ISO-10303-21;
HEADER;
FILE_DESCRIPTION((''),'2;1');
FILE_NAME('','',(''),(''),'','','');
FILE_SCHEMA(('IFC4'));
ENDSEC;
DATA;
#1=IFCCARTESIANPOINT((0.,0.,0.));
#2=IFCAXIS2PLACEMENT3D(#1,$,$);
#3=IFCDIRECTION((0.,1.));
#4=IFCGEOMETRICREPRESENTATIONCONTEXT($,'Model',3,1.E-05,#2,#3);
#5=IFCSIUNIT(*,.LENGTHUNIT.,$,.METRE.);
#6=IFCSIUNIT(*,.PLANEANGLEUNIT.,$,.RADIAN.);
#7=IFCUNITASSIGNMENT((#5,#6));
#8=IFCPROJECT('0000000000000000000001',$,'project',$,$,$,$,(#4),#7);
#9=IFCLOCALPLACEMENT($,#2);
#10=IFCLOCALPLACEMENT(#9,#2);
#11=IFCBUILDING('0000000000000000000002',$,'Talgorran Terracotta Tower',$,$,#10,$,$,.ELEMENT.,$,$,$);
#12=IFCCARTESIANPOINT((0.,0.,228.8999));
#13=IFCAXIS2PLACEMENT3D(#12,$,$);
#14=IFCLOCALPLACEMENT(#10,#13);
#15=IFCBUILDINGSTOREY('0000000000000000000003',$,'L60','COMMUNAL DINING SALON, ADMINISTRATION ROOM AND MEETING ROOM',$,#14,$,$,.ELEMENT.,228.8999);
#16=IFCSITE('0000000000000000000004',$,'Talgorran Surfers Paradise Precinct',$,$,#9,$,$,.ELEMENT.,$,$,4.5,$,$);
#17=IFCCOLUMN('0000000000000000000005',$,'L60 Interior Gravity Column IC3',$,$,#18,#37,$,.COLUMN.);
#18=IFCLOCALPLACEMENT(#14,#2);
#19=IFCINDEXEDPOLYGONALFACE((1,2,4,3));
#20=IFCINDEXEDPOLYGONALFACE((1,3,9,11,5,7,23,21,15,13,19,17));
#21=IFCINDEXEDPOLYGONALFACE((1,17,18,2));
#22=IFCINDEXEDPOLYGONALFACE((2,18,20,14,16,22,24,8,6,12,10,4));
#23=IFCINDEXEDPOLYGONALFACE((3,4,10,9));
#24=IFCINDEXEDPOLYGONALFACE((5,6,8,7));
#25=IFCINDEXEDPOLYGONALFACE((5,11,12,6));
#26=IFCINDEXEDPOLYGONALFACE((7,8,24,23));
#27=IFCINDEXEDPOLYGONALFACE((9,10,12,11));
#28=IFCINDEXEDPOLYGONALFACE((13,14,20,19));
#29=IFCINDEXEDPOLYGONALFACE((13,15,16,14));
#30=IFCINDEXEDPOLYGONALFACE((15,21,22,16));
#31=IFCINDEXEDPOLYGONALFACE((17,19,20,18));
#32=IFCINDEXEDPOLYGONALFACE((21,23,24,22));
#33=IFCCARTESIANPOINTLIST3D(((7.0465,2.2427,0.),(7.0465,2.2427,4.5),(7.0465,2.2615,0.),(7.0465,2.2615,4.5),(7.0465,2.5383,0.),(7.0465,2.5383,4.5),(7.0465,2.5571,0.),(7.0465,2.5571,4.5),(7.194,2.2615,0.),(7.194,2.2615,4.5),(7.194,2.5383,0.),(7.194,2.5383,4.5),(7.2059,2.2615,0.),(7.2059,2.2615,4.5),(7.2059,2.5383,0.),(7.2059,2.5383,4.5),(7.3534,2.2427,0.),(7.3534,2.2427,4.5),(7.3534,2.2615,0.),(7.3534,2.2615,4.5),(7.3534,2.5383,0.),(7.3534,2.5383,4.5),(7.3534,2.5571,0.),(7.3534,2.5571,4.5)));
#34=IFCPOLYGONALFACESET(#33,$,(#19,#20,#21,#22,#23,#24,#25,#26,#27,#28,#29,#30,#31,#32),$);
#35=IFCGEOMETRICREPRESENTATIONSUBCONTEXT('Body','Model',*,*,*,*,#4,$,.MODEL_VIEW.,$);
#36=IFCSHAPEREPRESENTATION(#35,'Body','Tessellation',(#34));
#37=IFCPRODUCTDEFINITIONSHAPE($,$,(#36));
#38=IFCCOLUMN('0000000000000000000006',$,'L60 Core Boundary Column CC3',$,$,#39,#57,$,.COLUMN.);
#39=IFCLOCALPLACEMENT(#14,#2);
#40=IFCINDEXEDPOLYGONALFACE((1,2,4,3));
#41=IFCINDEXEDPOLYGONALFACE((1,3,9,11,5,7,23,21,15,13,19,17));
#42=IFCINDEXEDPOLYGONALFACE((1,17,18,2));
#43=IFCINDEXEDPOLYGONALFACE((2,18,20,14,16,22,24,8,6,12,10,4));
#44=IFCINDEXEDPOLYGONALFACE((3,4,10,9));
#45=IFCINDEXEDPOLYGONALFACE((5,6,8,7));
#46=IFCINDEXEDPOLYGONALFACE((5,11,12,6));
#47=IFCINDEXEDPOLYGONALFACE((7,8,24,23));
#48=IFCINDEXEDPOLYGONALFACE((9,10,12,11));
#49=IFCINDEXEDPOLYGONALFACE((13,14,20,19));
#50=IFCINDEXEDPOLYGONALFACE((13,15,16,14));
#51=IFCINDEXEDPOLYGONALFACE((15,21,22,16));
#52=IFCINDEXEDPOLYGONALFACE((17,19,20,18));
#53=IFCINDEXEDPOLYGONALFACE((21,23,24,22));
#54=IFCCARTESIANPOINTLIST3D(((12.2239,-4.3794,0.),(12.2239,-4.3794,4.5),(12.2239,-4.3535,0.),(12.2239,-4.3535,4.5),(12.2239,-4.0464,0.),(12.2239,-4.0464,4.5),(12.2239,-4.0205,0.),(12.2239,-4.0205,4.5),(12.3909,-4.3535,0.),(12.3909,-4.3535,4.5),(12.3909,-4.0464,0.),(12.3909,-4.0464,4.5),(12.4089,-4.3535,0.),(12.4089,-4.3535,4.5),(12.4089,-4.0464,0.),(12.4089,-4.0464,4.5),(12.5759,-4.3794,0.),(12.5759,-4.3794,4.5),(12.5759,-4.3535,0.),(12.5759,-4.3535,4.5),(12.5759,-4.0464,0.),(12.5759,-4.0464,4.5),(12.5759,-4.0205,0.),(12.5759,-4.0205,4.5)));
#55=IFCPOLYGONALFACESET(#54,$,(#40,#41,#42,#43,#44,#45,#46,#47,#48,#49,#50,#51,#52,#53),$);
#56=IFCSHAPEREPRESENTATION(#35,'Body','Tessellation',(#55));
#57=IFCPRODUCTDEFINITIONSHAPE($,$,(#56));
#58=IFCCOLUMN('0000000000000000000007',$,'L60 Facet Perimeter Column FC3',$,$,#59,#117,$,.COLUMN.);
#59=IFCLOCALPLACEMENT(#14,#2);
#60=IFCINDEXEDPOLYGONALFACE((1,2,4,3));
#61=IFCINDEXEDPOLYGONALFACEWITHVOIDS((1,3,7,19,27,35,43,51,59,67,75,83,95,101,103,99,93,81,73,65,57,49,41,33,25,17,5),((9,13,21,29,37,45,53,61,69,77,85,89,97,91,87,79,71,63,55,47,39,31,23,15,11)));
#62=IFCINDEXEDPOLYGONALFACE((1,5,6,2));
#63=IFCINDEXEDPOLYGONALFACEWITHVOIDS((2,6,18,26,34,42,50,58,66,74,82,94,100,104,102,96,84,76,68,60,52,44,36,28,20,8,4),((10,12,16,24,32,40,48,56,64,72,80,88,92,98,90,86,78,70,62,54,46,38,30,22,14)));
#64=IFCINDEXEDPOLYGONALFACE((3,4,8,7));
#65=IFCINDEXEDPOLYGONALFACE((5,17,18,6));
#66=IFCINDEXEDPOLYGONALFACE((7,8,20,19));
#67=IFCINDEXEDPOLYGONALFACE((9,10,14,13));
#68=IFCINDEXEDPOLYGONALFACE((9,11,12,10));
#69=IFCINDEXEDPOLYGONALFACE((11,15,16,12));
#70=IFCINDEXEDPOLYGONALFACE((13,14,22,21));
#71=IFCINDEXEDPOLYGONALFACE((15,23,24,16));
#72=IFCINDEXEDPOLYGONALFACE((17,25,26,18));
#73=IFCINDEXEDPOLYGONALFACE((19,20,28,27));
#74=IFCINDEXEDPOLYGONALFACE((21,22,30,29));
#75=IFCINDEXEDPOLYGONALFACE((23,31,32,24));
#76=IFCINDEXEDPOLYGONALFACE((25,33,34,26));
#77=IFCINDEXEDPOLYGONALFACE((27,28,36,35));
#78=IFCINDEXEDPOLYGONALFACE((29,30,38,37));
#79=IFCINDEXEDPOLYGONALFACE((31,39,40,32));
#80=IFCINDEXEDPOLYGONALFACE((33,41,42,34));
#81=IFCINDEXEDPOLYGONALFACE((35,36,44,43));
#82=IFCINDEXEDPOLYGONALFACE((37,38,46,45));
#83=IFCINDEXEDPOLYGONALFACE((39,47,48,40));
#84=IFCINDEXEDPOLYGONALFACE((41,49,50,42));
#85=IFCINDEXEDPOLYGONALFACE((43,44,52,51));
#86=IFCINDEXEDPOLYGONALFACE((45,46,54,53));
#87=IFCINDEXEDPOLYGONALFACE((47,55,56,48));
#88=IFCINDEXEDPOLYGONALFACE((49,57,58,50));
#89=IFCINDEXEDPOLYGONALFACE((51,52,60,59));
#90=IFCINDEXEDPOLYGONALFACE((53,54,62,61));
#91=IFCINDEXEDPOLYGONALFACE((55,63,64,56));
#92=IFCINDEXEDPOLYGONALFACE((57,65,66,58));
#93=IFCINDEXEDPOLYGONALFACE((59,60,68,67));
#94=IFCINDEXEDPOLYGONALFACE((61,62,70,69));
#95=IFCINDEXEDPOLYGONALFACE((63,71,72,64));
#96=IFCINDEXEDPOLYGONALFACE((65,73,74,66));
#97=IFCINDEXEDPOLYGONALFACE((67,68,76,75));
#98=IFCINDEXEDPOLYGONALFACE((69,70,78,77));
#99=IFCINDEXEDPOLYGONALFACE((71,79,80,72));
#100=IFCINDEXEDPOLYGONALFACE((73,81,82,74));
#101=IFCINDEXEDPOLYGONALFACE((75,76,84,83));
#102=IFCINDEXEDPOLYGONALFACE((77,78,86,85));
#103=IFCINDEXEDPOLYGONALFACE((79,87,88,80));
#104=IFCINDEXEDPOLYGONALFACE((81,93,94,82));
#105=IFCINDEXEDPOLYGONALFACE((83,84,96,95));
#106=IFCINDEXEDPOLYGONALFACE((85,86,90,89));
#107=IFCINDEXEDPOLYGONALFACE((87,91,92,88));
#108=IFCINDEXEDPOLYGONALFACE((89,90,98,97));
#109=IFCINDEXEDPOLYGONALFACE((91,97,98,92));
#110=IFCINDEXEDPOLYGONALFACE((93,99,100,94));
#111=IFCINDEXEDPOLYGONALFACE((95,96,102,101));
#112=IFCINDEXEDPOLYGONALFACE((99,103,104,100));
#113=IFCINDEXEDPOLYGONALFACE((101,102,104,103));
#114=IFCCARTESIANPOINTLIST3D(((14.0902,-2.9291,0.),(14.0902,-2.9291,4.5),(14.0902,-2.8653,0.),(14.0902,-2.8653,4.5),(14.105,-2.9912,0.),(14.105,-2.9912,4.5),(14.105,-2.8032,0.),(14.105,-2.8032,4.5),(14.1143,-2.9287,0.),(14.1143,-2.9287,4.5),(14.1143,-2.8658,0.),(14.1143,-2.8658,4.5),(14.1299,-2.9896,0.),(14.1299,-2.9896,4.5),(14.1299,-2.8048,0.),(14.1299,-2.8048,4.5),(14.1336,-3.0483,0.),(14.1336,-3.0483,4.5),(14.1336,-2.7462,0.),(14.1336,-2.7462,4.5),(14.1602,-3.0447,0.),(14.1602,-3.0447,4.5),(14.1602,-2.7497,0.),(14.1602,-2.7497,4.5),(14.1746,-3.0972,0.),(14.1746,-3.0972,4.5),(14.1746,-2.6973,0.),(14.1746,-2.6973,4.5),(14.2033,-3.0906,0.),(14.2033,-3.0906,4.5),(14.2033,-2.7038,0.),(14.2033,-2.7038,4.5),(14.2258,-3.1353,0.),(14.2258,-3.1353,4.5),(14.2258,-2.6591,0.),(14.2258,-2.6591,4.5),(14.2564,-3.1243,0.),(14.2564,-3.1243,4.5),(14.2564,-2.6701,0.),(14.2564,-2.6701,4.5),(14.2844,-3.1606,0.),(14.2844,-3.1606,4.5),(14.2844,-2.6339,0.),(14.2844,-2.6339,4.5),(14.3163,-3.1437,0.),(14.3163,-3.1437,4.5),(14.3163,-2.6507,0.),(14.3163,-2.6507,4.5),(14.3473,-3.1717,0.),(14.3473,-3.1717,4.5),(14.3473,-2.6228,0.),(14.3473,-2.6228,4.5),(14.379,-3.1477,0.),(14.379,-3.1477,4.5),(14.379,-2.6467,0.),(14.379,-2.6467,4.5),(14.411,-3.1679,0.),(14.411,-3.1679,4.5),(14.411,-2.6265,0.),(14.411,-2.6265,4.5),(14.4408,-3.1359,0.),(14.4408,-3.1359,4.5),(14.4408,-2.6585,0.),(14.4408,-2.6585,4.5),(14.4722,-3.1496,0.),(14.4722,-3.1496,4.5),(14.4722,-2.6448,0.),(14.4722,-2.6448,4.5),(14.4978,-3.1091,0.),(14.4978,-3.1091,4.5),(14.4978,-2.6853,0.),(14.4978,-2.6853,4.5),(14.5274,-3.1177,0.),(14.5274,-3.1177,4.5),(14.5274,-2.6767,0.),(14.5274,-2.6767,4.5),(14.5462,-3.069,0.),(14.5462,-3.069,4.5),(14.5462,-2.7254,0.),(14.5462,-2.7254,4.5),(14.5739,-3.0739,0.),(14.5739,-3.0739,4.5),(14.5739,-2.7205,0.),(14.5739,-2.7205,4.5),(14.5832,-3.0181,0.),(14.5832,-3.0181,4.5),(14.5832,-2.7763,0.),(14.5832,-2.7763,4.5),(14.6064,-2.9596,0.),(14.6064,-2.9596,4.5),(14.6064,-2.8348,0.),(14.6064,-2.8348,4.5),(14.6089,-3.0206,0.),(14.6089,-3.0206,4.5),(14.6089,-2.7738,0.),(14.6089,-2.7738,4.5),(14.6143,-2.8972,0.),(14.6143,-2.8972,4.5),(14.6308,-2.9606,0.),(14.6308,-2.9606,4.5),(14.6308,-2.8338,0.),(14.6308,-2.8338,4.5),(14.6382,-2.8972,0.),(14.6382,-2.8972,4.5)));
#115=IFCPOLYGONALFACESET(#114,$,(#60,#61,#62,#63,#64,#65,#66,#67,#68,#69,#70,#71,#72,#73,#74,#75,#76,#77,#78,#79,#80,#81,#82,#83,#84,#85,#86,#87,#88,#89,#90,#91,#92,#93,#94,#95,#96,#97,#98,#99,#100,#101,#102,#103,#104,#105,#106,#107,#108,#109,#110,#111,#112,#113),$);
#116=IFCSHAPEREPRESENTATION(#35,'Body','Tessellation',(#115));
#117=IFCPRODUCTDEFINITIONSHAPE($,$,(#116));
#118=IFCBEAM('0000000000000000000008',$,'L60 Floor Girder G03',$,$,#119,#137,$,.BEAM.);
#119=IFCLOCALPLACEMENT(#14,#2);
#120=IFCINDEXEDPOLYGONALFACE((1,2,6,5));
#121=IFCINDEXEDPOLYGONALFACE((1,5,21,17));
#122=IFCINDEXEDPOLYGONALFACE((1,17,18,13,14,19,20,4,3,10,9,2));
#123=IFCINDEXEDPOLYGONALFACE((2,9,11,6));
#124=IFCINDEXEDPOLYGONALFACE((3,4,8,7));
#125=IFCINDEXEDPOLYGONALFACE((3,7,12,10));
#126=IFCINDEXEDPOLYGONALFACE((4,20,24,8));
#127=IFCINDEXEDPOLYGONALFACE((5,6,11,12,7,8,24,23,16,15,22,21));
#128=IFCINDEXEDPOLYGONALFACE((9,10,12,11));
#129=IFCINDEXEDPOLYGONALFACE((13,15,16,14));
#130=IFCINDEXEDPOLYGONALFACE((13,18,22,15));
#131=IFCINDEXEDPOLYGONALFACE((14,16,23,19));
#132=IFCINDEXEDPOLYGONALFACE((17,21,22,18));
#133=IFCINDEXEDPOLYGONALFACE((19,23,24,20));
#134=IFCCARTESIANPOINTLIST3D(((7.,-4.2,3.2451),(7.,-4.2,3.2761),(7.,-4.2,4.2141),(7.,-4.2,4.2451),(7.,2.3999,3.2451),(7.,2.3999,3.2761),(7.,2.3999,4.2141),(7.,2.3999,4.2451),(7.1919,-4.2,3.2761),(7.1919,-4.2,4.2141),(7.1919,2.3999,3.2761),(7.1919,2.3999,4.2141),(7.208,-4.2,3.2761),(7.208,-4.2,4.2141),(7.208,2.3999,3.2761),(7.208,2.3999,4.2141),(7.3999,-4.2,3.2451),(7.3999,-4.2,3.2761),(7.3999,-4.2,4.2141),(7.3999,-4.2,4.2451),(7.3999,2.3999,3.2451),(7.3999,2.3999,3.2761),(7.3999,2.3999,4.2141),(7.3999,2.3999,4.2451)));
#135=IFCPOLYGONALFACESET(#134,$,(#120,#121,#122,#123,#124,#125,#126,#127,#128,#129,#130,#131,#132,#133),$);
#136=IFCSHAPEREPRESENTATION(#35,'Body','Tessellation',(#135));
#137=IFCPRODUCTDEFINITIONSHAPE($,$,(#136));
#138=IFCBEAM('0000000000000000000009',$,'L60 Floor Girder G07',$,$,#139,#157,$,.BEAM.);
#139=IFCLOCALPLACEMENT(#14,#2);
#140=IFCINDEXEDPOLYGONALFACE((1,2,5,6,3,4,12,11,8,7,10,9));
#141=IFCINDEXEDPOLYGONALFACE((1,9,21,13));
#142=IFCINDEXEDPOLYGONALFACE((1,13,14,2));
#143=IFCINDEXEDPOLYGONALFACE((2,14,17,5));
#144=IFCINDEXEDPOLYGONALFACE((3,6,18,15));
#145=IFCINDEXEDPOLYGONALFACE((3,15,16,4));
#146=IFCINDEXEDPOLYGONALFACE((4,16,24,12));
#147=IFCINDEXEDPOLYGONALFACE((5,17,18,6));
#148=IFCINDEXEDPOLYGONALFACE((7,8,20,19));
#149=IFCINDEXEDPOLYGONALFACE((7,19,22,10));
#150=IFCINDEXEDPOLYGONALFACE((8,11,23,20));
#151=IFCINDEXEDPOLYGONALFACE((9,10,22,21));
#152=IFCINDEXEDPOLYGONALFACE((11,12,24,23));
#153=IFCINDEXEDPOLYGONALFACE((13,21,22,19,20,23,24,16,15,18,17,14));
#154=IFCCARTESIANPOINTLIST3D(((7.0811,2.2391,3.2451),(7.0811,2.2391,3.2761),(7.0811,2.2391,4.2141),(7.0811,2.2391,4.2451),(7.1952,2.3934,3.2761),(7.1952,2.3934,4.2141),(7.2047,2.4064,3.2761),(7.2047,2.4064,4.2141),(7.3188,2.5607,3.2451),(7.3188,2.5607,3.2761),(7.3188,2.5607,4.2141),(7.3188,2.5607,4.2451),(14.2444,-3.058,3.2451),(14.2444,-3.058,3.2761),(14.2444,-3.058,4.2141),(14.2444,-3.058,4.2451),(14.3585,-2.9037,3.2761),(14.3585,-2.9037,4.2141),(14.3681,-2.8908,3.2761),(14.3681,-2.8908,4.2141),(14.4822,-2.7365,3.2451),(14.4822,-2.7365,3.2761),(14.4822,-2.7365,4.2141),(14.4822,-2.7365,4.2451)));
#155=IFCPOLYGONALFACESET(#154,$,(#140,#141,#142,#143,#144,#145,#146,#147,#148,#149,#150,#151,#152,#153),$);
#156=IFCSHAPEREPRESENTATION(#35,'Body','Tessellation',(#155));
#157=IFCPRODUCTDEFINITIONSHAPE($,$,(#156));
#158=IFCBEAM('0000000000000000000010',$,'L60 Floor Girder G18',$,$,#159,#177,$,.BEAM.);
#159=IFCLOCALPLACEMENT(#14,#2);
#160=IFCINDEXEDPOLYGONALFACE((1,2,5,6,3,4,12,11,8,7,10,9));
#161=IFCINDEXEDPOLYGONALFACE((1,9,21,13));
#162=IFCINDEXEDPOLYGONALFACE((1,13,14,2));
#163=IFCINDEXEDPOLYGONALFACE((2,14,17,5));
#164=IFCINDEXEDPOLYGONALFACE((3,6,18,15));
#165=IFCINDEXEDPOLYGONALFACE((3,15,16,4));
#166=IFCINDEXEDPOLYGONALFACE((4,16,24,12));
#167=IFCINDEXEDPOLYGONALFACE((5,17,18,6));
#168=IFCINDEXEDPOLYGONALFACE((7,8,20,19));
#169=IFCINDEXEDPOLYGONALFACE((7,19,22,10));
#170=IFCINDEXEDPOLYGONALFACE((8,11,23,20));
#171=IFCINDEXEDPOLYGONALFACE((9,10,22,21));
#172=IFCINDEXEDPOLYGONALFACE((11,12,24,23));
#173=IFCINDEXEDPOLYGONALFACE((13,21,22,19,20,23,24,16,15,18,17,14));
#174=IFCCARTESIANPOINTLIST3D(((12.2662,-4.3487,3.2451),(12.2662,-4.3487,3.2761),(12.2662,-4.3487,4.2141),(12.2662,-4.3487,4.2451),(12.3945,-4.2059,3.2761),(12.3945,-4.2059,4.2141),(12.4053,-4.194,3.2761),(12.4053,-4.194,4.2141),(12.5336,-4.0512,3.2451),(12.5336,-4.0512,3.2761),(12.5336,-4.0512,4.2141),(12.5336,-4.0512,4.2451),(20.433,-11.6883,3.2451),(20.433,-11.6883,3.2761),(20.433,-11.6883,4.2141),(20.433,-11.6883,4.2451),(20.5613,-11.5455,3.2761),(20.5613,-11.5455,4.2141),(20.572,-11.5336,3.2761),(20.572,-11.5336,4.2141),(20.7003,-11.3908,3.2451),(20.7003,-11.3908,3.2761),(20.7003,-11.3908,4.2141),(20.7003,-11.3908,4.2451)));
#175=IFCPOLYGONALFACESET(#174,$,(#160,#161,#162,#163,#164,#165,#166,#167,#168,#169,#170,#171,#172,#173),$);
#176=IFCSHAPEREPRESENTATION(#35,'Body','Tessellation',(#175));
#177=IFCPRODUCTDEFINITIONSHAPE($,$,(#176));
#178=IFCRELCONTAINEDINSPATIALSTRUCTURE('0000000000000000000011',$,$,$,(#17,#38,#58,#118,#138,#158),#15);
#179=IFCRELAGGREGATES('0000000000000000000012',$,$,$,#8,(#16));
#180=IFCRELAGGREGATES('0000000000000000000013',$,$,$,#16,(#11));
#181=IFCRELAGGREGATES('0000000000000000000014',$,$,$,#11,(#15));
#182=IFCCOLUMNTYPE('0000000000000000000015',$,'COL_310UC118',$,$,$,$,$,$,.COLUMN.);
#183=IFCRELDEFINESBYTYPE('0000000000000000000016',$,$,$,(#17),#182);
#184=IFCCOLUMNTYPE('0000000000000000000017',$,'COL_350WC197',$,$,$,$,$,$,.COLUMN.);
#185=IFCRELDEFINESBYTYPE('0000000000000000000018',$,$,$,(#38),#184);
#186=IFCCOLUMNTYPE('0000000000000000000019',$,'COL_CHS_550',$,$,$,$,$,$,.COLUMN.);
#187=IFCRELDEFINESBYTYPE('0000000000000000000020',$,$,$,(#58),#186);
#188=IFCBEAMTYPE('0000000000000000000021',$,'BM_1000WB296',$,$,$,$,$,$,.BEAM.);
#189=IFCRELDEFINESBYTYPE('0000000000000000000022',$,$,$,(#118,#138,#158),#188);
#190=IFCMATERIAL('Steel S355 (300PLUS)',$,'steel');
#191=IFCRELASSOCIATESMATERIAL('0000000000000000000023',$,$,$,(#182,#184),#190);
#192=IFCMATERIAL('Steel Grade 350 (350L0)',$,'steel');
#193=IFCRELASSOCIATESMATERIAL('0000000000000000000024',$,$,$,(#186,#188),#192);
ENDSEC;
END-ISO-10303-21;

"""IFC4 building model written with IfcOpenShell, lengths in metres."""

from ifc_helpers import new_model, si_unit, direction, frame, origin, origin_2d, place, context, subcontext, project, spatial, hollow_circle, i_section, extrude, material, material_profile, profile_set, type_object, element, save


model = new_model("IFC4")

# Units and contexts
model_context = context("Model", 3, precision=1e-05, world=origin(), true_north=direction((0.0, 1.0)))
body_context = subcontext(model_context, "Body", "Model", "MODEL_VIEW")
ifc_project = project(units=[si_unit("LENGTHUNIT", "METRE"), si_unit("PLANEANGLEUNIT", "RADIAN")], contexts=[model_context])

# Site, building, storey
site_placement = place(None, origin())
site = spatial("IfcSite", under=ifc_project, at=site_placement, Name="Talgorran Surfers Paradise Precinct", CompositionType="ELEMENT", RefElevation=4.5)
building_placement = place(site_placement, origin())
building = spatial("IfcBuilding", under=site, at=building_placement, Name="Talgorran Terracotta Tower", CompositionType="ELEMENT")
storey_placement = place(building_placement, frame((0.0, 0.0, 228.8999)))
storey = spatial("IfcBuildingStorey", under=building, at=storey_placement, Name="L60", Description="COMMUNAL DINING SALON, ADMINISTRATION ROOM AND MEETING ROOM", CompositionType="ELEMENT", Elevation=228.8999)

# Columns
ifc_material_1 = material(Name="Steel S355 (300PLUS)", Category="steel")
ifc_material_profile_1 = material_profile(ifc_material_1, i_section(OverallWidth=0.3069, OverallDepth=0.3145, WebThickness=0.012, FlangeThickness=0.0188, at=origin_2d()), Name="310UC118")
ifc_profile_set_1 = profile_set([ifc_material_profile_1], Name="Steel S355 (300PLUS)")
column_type_1 = type_object("IfcColumnType", Name="COL_310UC118", PredefinedType="COLUMN", material=ifc_profile_set_1)
column_1_placement = place(storey_placement, frame((7.2, 2.3999, 0.0), z_axis=(0.0, 0.0, 1.0), x_axis=(1.0, 0.0, 0.0)))
element("IfcColumn", 1, at=column_1_placement, inside=storey, type_object=column_type_1, Name="L60 Interior Gravity Column IC3", PredefinedType="COLUMN", context=body_context, shape_type="SweptSolid", body=[
    extrude(i_section(OverallWidth=0.3069, OverallDepth=0.3145, WebThickness=0.012, FlangeThickness=0.0188, at=origin_2d()), origin(), (0.0, 0.0, 1.0), 4.5),
])
ifc_material_profile_2 = material_profile(ifc_material_1, i_section(OverallWidth=0.3521, OverallDepth=0.3589, WebThickness=0.0181, FlangeThickness=0.0259, at=origin_2d()), Name="350WC197")
ifc_profile_set_2 = profile_set([ifc_material_profile_2], Name="Steel S355 (300PLUS)")
column_type_2 = type_object("IfcColumnType", Name="COL_350WC197", PredefinedType="COLUMN", material=ifc_profile_set_2)
column_2_placement = place(storey_placement, frame((12.3999, -4.2, 0.0), z_axis=(0.0, 0.0, 1.0), x_axis=(1.0, 0.0, 0.0)))
element("IfcColumn", 2, at=column_2_placement, inside=storey, type_object=column_type_2, Name="L60 Core Boundary Column CC3", PredefinedType="COLUMN", context=body_context, shape_type="SweptSolid", body=[
    extrude(i_section(OverallWidth=0.3521, OverallDepth=0.3589, WebThickness=0.0181, FlangeThickness=0.0259, at=origin_2d()), origin(), (0.0, 0.0, 1.0), 4.5),
])
ifc_material_2 = material(Name="Steel Grade 350 (350L0)", Category="steel")
ifc_material_profile_3 = material_profile(ifc_material_2, hollow_circle(Radius=0.2749, WallThickness=0.0239, at=origin_2d()), Name="CHS550X24")
ifc_profile_set_3 = profile_set([ifc_material_profile_3], Name="Steel Grade 350 (350L0)")
column_type_3 = type_object("IfcColumnType", Name="COL_CHS_550", PredefinedType="COLUMN", material=ifc_profile_set_3)
column_3_placement = place(storey_placement, frame((14.3633, -2.8972, 0.0), z_axis=(0.0, 0.0, 1.0), x_axis=(1.0, 0.0, 0.0)))
element("IfcColumn", 3, at=column_3_placement, inside=storey, type_object=column_type_3, Name="L60 Facet Perimeter Column FC3", PredefinedType="COLUMN", context=body_context, shape_type="SweptSolid", body=[
    extrude(hollow_circle(Radius=0.2749, WallThickness=0.0239, at=origin_2d()), origin(), (0.0, 0.0, 1.0), 4.5),
])

# Beams
ifc_material_profile_4 = material_profile(ifc_material_2, i_section(OverallWidth=0.3999, OverallDepth=1.0, WebThickness=0.0161, FlangeThickness=0.031, at=origin_2d()), Name="1000WB296")
ifc_profile_set_4 = profile_set([ifc_material_profile_4], Name="Steel Grade 350 (350L0)")
beam_type_1 = type_object("IfcBeamType", Name="BM_1000WB296", PredefinedType="BEAM", material=ifc_profile_set_4)
beam_1_placement = place(storey_placement, frame((7.2, -4.2, 3.7451), z_axis=(0.0, 1.0, 0.0), x_axis=(-1.0, 0.0, 0.0)))
element("IfcBeam", 4, at=beam_1_placement, inside=storey, type_object=beam_type_1, Name="L60 Floor Girder G03", PredefinedType="BEAM", context=body_context, shape_type="SweptSolid", body=[
    extrude(i_section(OverallWidth=0.3999, OverallDepth=1.0, WebThickness=0.0161, FlangeThickness=0.031, at=origin_2d()), origin(), (0.0, 0.0, 1.0), 6.5999),
])
beam_2_placement = place(storey_placement, frame((7.2, 2.3999, 3.7451), z_axis=(0.804043, -0.594571, 0.0), x_axis=(0.594571, 0.804043, 0.0)))
element("IfcBeam", 5, at=beam_2_placement, inside=storey, type_object=beam_type_1, Name="L60 Floor Girder G07", PredefinedType="BEAM", context=body_context, shape_type="SweptSolid", body=[
    extrude(i_section(OverallWidth=0.3999, OverallDepth=1.0, WebThickness=0.0161, FlangeThickness=0.031, at=origin_2d()), origin(), (0.0, 0.0, 1.0), 8.9092),
])
beam_3_placement = place(storey_placement, frame((12.3999, -4.2, 3.7451), z_axis=(0.743768, -0.668438, 0.0), x_axis=(0.668438, 0.743768, 0.0)))
element("IfcBeam", 6, at=beam_3_placement, inside=storey, type_object=beam_type_1, Name="L60 Floor Girder G18", PredefinedType="BEAM", context=body_context, shape_type="SweptSolid", body=[
    extrude(i_section(OverallWidth=0.3999, OverallDepth=1.0, WebThickness=0.0161, FlangeThickness=0.031, at=origin_2d()), origin(), (0.0, 0.0, 1.0), 10.9802),
])

save(model, "model.ifc")
